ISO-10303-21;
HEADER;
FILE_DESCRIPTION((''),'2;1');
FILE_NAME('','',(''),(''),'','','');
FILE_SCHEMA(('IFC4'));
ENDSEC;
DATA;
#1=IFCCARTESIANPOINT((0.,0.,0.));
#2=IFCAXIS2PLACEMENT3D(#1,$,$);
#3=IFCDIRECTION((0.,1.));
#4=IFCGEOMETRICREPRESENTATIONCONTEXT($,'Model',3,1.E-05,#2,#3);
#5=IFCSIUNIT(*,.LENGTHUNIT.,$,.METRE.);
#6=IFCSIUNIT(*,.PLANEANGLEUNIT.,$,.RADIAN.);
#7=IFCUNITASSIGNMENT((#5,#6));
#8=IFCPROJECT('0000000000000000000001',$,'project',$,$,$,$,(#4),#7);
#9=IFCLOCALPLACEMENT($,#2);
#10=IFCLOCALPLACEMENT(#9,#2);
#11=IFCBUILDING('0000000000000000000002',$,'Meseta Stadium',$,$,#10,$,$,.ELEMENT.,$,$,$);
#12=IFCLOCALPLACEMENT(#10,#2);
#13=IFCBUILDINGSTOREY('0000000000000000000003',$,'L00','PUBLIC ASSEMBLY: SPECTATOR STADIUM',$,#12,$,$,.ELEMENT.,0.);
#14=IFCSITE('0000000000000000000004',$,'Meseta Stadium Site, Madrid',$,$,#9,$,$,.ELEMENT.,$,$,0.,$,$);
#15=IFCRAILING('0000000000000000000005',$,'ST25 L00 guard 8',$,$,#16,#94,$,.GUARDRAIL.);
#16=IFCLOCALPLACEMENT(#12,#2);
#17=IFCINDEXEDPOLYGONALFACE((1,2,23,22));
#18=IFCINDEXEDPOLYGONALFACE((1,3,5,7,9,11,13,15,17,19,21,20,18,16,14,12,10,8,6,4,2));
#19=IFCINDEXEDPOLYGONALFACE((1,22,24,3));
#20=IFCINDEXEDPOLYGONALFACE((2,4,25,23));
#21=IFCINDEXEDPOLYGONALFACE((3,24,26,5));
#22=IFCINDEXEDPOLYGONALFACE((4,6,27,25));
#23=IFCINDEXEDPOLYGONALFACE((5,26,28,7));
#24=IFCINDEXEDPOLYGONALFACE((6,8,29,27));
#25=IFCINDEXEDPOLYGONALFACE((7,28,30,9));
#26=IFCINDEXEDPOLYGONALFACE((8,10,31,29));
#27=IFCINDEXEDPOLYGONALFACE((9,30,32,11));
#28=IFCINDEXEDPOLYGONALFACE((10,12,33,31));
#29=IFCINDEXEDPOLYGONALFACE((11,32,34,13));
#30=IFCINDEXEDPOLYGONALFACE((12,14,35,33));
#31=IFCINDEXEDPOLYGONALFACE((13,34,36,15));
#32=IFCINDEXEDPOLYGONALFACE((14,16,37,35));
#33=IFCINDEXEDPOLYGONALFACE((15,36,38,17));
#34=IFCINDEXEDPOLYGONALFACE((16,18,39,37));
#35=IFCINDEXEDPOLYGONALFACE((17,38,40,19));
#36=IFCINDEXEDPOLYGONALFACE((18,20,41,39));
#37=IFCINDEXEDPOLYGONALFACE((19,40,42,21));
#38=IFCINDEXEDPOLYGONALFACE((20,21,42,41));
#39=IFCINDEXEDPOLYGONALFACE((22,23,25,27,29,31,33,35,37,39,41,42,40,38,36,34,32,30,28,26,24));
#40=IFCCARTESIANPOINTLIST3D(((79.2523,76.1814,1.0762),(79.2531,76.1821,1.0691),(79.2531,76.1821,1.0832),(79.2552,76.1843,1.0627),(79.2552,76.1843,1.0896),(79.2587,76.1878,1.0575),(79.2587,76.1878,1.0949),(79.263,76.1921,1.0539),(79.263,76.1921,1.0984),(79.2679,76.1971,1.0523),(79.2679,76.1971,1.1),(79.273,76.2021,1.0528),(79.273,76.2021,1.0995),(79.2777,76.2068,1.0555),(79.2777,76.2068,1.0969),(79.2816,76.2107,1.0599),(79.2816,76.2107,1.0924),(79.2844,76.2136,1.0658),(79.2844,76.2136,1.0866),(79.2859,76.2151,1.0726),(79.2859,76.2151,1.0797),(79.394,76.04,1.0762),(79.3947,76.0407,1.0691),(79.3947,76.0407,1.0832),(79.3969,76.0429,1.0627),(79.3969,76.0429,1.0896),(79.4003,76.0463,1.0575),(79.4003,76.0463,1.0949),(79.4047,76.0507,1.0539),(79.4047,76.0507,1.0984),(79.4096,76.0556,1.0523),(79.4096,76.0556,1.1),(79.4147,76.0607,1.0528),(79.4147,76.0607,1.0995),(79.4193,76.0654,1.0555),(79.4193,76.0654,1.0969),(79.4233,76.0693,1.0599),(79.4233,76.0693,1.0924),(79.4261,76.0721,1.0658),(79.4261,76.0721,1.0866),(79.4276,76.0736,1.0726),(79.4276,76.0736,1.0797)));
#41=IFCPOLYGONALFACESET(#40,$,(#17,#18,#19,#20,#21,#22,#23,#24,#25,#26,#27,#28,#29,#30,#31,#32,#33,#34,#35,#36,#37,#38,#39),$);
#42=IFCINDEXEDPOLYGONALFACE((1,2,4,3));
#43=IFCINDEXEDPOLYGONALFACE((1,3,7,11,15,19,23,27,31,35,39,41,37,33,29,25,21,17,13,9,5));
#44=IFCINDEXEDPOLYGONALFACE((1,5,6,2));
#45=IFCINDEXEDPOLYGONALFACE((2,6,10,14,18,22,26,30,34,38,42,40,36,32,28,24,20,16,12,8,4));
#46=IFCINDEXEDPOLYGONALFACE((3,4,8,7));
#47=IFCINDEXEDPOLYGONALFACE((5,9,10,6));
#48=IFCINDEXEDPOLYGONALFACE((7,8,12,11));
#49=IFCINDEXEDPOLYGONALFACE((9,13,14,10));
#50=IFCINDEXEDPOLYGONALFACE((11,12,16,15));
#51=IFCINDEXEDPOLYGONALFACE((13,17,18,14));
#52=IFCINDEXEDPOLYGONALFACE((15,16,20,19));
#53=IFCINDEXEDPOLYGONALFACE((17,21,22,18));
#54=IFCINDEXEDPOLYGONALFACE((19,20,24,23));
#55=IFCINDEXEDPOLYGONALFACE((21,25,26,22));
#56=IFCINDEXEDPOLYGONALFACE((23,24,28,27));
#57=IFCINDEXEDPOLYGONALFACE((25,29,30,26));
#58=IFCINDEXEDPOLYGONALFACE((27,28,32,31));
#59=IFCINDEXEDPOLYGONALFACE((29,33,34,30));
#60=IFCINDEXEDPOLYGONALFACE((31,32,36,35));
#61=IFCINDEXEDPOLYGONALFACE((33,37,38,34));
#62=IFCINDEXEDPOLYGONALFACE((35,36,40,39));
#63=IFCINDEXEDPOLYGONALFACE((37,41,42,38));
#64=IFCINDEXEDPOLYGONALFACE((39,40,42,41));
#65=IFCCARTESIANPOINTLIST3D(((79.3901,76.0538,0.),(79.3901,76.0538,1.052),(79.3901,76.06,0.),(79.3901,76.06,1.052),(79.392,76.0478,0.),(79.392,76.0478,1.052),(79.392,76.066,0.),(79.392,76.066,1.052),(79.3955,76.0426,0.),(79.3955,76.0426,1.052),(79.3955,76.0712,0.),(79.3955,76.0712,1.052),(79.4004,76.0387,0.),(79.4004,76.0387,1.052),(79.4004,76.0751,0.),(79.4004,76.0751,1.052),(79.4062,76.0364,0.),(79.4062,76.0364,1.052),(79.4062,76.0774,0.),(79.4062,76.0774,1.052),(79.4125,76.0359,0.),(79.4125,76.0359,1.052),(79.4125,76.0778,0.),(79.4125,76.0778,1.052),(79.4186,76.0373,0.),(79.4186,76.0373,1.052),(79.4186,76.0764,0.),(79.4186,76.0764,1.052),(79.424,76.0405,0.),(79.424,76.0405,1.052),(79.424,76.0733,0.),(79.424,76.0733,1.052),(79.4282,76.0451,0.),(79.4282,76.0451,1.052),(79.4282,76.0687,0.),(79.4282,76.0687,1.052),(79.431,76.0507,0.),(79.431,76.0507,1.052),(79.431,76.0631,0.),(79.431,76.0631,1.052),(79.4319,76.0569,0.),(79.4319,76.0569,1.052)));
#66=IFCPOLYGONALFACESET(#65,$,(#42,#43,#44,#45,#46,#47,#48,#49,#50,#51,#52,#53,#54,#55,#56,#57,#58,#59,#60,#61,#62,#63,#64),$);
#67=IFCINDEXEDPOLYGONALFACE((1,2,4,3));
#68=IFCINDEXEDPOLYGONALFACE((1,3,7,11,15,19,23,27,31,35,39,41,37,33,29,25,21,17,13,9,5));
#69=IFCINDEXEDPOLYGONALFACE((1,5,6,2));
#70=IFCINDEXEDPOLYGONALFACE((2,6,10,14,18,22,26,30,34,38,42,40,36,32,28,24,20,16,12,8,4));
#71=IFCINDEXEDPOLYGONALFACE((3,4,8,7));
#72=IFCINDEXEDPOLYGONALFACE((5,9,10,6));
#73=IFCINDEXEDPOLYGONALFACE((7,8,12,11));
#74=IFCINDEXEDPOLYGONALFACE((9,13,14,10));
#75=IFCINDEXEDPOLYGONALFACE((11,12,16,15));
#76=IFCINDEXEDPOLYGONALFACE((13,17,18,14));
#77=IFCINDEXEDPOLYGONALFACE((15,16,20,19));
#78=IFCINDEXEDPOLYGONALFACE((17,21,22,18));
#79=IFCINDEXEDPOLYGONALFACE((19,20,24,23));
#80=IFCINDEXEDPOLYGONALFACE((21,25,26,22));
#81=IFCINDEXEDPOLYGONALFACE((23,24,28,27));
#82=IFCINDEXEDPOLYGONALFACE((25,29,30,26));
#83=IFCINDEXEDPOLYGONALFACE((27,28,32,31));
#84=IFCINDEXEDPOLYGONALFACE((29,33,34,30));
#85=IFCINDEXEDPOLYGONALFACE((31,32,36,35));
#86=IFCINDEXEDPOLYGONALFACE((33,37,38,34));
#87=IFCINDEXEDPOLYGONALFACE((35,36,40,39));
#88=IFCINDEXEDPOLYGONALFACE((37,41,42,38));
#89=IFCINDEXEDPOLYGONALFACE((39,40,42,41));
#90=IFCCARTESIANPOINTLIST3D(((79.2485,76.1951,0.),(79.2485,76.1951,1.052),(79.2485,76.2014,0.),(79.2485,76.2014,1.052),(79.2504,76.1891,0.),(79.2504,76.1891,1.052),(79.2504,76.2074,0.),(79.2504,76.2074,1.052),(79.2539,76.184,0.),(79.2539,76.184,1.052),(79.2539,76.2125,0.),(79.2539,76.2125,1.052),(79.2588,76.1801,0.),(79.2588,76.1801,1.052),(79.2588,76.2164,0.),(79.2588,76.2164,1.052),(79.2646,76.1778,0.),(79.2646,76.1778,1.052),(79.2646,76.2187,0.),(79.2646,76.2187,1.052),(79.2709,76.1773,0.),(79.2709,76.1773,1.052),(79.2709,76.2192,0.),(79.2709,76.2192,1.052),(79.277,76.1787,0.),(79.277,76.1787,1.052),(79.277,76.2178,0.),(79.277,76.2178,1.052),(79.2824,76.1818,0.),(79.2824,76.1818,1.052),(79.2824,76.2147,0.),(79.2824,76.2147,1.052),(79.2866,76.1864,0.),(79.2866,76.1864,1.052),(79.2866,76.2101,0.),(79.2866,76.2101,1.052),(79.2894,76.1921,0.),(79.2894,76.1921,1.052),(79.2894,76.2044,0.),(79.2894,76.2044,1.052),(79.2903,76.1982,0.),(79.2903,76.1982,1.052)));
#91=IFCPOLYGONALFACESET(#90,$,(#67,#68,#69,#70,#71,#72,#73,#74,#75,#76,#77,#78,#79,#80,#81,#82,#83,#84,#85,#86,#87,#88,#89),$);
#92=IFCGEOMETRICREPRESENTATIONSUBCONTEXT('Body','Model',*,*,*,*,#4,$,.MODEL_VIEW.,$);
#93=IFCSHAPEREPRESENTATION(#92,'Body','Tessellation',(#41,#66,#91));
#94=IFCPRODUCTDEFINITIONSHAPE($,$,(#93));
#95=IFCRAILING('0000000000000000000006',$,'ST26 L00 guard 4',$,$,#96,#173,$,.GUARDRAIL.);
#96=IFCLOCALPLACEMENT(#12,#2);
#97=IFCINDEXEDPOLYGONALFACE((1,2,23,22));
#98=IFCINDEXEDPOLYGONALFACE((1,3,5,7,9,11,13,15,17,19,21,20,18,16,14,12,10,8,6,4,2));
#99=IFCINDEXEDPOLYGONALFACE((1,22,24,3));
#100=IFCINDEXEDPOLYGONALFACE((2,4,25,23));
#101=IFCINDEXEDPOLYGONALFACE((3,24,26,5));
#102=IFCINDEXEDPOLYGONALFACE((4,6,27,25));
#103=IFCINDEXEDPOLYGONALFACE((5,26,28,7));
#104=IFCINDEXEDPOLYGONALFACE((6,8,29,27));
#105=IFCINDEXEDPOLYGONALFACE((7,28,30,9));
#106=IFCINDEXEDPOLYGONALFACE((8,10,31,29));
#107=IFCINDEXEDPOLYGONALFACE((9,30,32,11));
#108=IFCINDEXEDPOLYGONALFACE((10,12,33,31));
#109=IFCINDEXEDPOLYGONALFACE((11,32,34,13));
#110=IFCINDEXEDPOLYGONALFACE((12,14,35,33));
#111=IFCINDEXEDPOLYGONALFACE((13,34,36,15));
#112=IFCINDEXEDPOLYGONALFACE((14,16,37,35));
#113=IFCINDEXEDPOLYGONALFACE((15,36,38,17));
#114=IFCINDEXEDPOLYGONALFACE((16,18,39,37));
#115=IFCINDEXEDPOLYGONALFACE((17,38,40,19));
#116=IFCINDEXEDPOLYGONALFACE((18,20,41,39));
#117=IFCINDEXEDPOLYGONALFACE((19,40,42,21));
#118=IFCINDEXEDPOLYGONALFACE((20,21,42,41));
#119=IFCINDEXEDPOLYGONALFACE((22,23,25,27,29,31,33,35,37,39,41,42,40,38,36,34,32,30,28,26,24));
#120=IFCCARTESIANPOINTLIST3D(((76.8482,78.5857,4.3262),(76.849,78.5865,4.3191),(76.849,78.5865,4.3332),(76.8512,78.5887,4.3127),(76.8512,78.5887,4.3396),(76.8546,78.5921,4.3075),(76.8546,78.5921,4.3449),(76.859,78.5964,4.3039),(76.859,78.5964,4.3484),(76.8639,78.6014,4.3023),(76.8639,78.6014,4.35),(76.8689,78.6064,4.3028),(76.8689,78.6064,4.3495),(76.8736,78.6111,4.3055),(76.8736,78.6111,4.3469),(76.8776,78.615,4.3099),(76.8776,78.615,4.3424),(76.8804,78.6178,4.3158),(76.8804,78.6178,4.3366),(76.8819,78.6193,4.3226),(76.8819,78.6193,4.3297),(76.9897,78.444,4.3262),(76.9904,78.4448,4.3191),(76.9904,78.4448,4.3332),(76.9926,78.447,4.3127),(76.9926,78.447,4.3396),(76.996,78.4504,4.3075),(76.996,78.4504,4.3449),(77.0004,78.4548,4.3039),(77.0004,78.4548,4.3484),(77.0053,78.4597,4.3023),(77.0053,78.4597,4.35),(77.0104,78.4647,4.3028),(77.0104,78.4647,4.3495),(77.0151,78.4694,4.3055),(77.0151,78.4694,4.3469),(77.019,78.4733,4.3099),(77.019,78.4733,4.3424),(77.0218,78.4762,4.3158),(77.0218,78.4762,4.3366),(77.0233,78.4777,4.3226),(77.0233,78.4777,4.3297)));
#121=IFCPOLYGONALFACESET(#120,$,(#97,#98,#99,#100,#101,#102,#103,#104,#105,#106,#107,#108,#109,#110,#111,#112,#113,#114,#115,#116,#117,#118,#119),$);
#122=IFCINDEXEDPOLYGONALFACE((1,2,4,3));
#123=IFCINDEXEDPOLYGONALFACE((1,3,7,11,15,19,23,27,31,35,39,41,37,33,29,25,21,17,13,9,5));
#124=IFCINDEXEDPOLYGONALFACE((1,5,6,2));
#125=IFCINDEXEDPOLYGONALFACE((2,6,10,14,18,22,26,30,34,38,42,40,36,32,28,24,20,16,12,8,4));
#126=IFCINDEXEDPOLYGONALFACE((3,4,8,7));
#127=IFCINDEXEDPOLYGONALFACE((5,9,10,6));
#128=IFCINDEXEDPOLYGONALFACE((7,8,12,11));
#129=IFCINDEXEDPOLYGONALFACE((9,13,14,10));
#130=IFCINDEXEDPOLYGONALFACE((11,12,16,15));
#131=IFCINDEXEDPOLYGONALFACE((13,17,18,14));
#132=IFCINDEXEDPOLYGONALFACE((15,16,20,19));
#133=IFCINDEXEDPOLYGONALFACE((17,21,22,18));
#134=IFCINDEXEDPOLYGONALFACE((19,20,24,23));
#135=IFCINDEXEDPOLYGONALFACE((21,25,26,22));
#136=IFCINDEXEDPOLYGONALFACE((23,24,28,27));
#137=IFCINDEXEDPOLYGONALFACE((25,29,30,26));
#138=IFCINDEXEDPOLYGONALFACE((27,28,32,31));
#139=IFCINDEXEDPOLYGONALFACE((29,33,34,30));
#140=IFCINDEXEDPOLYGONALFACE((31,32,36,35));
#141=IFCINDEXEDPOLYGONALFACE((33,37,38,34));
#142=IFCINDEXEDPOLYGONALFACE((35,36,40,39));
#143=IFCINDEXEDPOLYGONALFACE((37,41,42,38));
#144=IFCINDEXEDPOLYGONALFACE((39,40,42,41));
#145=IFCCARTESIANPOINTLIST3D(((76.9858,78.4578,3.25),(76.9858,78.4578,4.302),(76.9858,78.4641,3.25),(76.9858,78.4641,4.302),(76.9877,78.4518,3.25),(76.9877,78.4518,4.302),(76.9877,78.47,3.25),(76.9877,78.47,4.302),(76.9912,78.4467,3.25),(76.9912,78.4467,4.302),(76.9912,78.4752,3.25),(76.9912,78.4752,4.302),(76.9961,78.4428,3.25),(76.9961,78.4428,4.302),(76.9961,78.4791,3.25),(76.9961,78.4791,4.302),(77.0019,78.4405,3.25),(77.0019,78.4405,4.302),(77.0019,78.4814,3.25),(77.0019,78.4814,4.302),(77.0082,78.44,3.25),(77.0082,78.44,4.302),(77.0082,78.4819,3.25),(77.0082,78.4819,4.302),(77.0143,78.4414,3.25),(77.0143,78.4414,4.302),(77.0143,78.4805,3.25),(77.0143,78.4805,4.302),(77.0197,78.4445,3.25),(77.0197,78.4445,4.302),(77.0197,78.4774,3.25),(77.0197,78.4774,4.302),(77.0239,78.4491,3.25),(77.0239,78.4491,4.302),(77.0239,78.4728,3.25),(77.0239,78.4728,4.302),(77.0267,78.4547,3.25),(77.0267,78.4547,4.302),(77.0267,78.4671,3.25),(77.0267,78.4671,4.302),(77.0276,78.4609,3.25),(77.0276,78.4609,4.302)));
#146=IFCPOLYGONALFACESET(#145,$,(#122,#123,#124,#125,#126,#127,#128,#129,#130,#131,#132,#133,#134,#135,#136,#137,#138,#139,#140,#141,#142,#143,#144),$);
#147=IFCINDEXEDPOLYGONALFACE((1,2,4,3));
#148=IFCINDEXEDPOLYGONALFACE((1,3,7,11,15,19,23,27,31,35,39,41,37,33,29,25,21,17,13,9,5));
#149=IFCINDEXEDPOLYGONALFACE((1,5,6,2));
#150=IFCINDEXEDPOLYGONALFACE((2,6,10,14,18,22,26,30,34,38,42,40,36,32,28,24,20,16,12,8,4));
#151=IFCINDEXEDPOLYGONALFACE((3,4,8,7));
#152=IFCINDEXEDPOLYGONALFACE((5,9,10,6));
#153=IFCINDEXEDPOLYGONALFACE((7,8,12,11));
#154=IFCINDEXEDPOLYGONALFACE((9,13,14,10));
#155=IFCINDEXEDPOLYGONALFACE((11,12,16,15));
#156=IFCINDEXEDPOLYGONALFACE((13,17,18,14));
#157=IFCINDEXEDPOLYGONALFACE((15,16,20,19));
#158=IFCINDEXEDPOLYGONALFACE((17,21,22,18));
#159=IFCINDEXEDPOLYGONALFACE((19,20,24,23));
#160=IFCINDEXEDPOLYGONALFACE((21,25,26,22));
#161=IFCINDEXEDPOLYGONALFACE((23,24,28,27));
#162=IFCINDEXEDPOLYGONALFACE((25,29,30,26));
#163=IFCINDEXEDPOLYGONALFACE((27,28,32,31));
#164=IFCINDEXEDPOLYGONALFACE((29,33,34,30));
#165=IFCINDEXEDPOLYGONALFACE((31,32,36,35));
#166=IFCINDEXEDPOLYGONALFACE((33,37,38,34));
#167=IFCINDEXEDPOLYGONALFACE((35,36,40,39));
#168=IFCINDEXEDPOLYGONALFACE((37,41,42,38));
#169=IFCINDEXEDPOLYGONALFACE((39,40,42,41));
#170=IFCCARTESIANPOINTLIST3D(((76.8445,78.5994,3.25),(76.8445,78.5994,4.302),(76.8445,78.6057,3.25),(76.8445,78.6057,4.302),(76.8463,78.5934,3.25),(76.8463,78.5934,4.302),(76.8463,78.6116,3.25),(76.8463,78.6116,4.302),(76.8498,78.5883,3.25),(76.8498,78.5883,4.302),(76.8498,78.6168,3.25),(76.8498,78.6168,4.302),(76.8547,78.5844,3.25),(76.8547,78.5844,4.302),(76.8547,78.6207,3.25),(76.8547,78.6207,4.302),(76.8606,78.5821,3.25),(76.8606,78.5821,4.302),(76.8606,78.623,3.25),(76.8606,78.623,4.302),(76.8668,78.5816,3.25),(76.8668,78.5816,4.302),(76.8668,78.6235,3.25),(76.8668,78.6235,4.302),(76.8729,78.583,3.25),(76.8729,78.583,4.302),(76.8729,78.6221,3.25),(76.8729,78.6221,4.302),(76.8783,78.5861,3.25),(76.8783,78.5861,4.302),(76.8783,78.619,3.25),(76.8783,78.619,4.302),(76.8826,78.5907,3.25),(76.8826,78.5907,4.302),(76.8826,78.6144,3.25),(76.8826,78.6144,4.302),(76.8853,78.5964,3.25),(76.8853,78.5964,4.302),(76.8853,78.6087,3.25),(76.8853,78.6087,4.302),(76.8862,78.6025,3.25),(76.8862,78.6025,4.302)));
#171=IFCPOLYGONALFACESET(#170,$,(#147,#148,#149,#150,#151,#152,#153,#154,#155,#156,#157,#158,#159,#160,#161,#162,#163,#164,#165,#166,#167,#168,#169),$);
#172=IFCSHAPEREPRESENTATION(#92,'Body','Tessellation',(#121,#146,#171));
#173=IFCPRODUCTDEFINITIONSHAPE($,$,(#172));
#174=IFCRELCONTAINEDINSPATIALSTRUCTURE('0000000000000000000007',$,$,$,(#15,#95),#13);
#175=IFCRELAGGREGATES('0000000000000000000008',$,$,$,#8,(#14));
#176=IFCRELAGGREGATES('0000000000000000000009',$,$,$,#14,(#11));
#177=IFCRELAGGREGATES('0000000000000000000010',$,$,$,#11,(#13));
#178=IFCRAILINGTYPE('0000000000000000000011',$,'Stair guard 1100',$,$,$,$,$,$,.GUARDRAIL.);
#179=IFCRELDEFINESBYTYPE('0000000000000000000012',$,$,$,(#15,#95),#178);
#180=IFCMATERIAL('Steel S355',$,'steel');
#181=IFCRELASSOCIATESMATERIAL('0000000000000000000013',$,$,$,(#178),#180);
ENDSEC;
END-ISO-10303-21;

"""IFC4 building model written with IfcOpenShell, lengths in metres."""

from ifc_helpers import new_model, si_unit, direction, frame, origin, origin_2d, place, context, subcontext, project, spatial, circle, extrude, material, type_object, element, save


model = new_model("IFC4")

# Units and contexts
model_context = context("Model", 3, precision=1e-05, world=origin(), true_north=direction((0.0, 1.0)))
body_context = subcontext(model_context, "Body", "Model", "MODEL_VIEW")
ifc_project = project(units=[si_unit("LENGTHUNIT", "METRE"), si_unit("PLANEANGLEUNIT", "RADIAN")], contexts=[model_context])

# Site, building, storey
site_placement = place(None, origin())
site = spatial("IfcSite", under=ifc_project, at=site_placement, Name="Meseta Stadium Site, Madrid", CompositionType="ELEMENT", RefElevation=0.0)
building_placement = place(site_placement, origin())
building = spatial("IfcBuilding", under=site, at=building_placement, Name="Meseta Stadium", CompositionType="ELEMENT")
storey_placement = place(building_placement, origin())
storey = spatial("IfcBuildingStorey", under=building, at=storey_placement, Name="L00", Description="PUBLIC ASSEMBLY: SPECTATOR STADIUM", CompositionType="ELEMENT", Elevation=0.0)

# Railings
ifc_material_1 = material(Name="Steel S355", Category="steel")
railing_type_1 = type_object("IfcRailingType", Name="Stair guard 1100", PredefinedType="GUARDRAIL", material=ifc_material_1)
railing_1_placement = place(storey_placement, frame((79.4109, 76.0569, 0.0)))
element("IfcRailing", 1, at=railing_1_placement, inside=storey, type_object=railing_type_1, Name="ST25 L00 guard 8", PredefinedType="GUARDRAIL", context=body_context, shape_type="SweptSolid", body=[
    extrude(circle(Radius=0.0239, at=origin_2d()), frame((0.0, 0.0, 1.0762), z_axis=(-0.707717, 0.706496, 0.0), x_axis=(-0.706496, -0.707717, 0.0)), (0.0, 0.0, 1.0), 0.2002),
    extrude(circle(Radius=0.021, at=origin_2d()), origin(), (0.0, 0.0, 1.0), 1.052),
    extrude(circle(Radius=0.021, at=origin_2d()), frame((-0.1416, 0.1414, 0.0)), (0.0, 0.0, 1.0), 1.052),
])
for number, where, name in (
    (2, (77.0066, 78.4609, 3.25), "ST26 L00 guard 4"),
):
    element("IfcRailing", number, at=place(storey_placement, frame(where)), inside=storey, type_object=railing_type_1, Name=name, PredefinedType="GUARDRAIL", context=body_context, shape_type="SweptSolid", body=[
        extrude(circle(Radius=0.0239, at=origin_2d()), frame((0.0, 0.0, 1.0762), z_axis=(-0.706496, 0.707717, 0.0), x_axis=(-0.707717, -0.706496, 0.0)), (0.0, 0.0, 1.0), 0.2002),
        extrude(circle(Radius=0.021, at=origin_2d()), origin(), (0.0, 0.0, 1.0), 1.052),
        extrude(circle(Radius=0.021, at=origin_2d()), frame((-0.1414, 0.1416, 0.0)), (0.0, 0.0, 1.0), 1.052),
    ])

save(model, "model.ifc")
